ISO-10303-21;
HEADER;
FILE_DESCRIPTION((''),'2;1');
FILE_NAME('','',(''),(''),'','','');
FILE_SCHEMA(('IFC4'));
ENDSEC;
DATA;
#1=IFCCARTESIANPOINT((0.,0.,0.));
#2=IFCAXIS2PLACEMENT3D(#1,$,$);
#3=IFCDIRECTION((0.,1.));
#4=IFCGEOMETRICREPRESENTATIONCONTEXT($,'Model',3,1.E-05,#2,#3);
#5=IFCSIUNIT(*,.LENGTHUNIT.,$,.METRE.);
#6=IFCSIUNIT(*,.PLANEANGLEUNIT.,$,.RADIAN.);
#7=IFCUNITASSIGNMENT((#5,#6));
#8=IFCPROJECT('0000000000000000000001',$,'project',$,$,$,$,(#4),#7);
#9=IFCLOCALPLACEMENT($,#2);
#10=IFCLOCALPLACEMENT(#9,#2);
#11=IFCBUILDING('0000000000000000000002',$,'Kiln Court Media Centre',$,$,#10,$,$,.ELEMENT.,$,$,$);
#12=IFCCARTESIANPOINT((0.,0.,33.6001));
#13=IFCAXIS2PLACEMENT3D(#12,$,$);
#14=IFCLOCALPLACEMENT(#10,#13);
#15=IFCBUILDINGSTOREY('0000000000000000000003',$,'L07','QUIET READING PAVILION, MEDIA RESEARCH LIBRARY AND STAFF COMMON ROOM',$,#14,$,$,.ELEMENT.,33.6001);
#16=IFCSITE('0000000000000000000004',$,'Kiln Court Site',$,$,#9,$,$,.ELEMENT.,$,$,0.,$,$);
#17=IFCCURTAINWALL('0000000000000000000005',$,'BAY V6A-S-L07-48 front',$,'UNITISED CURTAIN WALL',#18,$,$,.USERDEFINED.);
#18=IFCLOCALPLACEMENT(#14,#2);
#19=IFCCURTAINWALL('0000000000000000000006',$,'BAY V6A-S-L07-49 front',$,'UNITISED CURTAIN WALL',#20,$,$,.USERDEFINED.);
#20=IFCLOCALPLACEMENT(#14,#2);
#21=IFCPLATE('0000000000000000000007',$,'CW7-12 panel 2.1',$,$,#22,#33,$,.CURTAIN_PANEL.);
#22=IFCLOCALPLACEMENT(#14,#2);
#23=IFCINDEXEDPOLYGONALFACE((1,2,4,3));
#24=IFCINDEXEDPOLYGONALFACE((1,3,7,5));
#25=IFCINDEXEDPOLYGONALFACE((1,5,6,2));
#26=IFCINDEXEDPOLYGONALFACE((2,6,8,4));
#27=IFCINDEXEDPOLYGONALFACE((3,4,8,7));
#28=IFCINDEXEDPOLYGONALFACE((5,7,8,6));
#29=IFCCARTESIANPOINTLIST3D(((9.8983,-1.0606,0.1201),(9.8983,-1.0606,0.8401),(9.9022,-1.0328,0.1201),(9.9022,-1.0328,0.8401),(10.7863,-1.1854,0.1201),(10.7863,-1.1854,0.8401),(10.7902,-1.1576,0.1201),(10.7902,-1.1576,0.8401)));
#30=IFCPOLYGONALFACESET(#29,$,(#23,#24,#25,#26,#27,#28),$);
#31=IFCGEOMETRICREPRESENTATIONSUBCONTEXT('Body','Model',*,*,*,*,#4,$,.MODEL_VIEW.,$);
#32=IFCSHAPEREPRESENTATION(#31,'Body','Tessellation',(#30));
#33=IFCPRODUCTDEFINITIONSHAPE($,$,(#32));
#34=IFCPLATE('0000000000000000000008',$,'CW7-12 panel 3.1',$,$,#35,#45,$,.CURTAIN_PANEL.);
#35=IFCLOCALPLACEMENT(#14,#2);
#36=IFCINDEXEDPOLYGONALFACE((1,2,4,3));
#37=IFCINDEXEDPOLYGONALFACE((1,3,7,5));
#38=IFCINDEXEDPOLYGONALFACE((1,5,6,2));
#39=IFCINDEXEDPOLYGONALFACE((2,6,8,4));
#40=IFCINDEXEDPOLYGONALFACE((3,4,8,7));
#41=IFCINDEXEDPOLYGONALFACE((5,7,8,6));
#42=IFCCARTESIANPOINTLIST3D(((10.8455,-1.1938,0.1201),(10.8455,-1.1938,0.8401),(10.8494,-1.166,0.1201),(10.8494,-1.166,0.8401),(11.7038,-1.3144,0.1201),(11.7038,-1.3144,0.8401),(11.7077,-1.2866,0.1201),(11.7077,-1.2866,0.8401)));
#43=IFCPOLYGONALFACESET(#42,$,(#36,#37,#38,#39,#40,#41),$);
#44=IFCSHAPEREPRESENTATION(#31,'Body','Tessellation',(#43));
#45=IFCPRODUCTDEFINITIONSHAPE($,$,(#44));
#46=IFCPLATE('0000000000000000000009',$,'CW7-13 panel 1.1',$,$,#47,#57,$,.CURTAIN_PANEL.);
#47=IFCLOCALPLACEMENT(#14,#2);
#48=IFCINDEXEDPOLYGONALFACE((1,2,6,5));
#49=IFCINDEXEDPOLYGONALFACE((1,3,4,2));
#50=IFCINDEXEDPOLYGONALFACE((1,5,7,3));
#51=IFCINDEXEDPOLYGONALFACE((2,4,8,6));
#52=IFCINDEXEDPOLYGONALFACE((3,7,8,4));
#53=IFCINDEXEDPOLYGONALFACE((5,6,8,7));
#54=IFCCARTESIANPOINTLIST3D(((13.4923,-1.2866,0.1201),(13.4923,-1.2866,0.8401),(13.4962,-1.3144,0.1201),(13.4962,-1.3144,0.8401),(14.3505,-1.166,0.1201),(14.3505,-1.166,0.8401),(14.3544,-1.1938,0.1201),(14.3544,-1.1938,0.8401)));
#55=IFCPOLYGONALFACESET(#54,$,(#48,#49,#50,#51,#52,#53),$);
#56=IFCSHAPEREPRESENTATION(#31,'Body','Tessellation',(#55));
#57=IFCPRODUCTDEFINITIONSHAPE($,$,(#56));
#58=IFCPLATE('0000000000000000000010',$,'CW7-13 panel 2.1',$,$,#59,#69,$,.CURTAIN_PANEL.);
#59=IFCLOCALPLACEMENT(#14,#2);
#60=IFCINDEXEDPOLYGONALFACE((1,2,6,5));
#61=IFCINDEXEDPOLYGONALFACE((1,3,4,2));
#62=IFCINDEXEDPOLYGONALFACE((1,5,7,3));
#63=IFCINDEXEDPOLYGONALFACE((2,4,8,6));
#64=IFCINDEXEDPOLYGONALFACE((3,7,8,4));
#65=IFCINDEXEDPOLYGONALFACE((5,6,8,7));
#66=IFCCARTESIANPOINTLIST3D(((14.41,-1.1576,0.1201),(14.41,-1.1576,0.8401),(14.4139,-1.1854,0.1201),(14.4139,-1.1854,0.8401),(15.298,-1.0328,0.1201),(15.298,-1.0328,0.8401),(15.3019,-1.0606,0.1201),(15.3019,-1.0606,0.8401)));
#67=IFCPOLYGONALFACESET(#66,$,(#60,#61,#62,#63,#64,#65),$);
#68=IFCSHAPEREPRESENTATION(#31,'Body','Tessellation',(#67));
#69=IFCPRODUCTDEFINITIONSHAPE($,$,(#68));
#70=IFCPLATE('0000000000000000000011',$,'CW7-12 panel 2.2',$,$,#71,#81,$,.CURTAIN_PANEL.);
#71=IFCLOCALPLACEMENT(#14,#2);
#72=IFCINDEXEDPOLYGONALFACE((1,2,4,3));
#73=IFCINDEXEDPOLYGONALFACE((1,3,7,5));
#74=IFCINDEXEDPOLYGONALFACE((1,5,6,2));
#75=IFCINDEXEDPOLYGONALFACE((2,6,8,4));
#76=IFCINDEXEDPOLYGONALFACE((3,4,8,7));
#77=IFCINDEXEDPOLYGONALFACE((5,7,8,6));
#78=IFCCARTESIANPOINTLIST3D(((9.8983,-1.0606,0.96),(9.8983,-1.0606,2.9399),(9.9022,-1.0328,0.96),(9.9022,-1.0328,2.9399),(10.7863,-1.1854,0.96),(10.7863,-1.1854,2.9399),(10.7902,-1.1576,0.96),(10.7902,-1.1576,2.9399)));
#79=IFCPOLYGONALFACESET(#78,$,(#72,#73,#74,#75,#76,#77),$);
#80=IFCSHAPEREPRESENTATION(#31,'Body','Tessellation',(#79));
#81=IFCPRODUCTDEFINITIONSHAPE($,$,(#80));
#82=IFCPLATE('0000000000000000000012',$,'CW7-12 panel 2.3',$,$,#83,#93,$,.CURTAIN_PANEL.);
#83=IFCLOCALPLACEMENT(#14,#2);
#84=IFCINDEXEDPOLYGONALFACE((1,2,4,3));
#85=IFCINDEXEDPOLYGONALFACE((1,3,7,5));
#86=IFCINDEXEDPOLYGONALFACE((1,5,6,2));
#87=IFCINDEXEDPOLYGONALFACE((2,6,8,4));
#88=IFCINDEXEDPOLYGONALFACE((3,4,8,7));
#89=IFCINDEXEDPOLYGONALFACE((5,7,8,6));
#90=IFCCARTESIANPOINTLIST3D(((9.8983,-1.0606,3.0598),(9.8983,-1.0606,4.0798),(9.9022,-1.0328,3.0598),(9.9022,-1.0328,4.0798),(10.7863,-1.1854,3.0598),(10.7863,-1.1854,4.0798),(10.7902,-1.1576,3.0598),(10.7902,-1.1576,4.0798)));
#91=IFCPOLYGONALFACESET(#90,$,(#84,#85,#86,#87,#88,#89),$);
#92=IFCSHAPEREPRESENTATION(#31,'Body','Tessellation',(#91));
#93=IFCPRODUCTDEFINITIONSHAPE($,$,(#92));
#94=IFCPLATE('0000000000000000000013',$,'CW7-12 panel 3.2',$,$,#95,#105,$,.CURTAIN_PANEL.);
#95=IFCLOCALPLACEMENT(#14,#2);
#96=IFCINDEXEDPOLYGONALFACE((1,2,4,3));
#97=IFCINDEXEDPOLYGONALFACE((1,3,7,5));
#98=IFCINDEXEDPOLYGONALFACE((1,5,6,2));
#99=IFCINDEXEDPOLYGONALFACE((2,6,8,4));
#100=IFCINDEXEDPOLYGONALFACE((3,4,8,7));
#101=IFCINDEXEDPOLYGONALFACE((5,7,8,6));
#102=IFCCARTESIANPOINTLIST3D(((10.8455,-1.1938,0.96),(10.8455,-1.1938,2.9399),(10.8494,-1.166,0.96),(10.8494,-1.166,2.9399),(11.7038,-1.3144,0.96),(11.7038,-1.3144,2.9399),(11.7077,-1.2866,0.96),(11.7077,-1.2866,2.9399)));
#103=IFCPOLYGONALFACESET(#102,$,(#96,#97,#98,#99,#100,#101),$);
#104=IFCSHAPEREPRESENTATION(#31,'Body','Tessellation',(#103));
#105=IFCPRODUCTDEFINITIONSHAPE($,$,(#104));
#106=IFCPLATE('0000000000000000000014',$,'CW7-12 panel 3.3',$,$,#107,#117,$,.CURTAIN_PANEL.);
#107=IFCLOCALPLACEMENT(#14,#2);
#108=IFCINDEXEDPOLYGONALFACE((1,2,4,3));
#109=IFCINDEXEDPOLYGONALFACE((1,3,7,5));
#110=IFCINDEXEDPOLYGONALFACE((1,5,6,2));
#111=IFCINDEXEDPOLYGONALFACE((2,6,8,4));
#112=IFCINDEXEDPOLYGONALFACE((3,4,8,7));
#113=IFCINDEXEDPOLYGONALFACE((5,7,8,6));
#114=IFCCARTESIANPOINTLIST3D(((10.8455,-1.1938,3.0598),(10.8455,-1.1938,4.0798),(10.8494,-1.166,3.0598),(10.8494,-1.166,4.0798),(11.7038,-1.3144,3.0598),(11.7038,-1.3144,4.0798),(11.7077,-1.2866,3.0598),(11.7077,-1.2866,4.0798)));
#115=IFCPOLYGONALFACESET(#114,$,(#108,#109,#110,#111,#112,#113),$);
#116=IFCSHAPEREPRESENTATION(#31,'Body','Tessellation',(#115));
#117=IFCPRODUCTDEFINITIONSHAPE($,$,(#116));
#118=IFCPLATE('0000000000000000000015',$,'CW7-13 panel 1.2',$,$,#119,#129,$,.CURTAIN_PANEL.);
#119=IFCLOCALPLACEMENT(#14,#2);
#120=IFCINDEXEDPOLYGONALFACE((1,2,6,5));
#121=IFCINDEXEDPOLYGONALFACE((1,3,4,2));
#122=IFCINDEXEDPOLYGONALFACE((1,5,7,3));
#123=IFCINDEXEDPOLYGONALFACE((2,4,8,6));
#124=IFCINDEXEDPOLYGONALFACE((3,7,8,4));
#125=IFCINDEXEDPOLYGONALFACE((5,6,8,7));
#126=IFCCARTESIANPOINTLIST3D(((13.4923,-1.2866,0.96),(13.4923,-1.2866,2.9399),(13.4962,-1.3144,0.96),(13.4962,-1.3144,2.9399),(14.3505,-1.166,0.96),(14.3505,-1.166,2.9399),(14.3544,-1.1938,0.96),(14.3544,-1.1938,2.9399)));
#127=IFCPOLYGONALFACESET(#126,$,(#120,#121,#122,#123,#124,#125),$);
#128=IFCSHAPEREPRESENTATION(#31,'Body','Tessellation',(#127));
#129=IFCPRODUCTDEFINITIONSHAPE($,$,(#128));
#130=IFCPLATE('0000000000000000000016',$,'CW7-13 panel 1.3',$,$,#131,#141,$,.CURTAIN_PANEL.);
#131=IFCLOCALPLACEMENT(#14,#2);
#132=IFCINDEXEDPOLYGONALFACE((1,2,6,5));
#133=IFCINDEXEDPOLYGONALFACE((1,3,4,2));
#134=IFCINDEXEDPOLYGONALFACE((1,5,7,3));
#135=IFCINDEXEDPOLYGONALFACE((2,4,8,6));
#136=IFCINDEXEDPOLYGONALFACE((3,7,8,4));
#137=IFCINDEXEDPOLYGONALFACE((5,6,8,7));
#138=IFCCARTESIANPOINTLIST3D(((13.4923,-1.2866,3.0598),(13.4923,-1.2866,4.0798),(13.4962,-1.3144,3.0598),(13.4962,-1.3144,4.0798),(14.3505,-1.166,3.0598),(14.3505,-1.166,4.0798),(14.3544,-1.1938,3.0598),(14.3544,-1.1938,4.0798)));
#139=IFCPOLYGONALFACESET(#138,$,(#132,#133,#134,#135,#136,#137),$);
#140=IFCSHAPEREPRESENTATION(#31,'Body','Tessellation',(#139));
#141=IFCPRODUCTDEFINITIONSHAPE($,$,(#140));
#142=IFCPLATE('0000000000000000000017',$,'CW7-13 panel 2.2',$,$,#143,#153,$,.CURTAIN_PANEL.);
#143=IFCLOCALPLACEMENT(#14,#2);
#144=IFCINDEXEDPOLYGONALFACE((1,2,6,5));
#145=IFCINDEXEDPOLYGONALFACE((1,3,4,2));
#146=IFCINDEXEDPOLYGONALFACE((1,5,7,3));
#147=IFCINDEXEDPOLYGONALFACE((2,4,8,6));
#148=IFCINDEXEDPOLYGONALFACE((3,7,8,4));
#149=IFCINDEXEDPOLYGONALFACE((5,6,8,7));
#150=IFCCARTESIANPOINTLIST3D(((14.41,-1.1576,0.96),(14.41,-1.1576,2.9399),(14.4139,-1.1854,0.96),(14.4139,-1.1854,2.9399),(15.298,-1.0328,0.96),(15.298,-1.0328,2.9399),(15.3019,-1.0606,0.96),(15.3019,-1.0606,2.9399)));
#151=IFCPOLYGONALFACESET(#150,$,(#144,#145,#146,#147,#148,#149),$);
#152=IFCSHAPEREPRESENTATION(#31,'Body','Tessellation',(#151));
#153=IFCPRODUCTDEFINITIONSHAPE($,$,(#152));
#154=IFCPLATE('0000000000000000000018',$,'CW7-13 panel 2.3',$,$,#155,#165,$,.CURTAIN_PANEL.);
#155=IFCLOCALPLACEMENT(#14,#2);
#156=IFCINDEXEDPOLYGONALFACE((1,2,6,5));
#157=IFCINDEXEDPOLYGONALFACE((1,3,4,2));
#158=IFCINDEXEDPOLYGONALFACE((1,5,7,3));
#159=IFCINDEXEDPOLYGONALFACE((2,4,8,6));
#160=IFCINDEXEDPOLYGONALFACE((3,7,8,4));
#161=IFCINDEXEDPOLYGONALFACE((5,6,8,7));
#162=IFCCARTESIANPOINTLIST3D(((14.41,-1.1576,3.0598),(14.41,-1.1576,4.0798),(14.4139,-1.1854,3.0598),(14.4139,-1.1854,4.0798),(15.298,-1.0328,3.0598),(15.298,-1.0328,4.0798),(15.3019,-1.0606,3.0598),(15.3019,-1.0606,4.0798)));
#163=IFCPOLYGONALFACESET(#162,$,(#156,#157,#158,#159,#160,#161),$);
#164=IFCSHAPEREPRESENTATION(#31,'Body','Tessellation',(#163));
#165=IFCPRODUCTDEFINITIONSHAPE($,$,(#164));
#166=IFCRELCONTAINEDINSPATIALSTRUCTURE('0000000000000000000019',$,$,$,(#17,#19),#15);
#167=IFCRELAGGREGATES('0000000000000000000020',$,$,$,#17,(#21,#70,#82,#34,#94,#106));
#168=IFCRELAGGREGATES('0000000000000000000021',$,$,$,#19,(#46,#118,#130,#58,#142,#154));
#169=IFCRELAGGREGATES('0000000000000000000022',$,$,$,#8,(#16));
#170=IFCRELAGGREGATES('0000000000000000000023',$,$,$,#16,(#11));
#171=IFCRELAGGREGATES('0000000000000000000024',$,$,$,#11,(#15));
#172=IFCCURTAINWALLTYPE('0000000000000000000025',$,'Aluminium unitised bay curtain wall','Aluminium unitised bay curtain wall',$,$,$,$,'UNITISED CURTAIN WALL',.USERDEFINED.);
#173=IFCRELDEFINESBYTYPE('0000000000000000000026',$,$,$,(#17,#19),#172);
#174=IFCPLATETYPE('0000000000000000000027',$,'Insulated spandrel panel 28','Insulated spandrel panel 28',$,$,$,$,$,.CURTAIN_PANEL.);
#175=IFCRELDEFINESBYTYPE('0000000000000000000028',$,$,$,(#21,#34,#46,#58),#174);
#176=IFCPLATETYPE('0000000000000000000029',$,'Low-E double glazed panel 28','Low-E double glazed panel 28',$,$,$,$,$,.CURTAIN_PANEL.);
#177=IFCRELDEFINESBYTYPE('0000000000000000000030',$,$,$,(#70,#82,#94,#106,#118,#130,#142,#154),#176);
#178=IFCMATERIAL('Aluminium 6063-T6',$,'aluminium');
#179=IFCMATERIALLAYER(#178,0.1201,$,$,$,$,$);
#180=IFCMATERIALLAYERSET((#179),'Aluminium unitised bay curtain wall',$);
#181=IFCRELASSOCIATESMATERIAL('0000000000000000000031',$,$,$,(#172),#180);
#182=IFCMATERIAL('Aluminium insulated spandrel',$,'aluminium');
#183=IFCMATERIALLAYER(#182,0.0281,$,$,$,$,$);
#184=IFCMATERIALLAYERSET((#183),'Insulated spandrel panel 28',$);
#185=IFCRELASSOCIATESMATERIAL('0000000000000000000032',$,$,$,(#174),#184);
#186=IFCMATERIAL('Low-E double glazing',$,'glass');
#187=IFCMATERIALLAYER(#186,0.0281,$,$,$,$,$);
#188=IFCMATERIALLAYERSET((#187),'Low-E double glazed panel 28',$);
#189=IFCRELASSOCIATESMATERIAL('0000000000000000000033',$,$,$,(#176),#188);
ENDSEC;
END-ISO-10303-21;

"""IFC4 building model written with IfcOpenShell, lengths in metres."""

from ifc_helpers import new_model, si_unit, direction, frame, origin, origin_2d, place, context, subcontext, project, spatial, rectangle, extrude, material, layer, layer_set, type_object, element, aggregate, save


model = new_model("IFC4")

# Units and contexts
model_context = context("Model", 3, precision=1e-05, world=origin(), true_north=direction((0.0, 1.0)))
body_context = subcontext(model_context, "Body", "Model", "MODEL_VIEW")
ifc_project = project(units=[si_unit("LENGTHUNIT", "METRE"), si_unit("PLANEANGLEUNIT", "RADIAN")], contexts=[model_context])

# Site, building, storey
site_placement = place(None, origin())
site = spatial("IfcSite", under=ifc_project, at=site_placement, Name="Kiln Court Site", CompositionType="ELEMENT", RefElevation=0.0)
building_placement = place(site_placement, origin())
building = spatial("IfcBuilding", under=site, at=building_placement, Name="Kiln Court Media Centre", CompositionType="ELEMENT")
storey_placement = place(building_placement, frame((0.0, 0.0, 33.6001)))
storey = spatial("IfcBuildingStorey", under=building, at=storey_placement, Name="L07", Description="QUIET READING PAVILION, MEDIA RESEARCH LIBRARY AND STAFF COMMON ROOM", CompositionType="ELEMENT", Elevation=33.6001)

# Curtain walls
ifc_material_1 = material(Name="Aluminium 6063-T6", Category="aluminium")
ifc_layer_1 = layer(ifc_material_1, 0.1201)
ifc_layer_set_1 = layer_set([ifc_layer_1], Name="Aluminium unitised bay curtain wall")
curtain_wall_type = type_object("IfcCurtainWallType", Name="Aluminium unitised bay curtain wall", Description="Aluminium unitised bay curtain wall", ElementType="UNITISED CURTAIN WALL", PredefinedType="USERDEFINED", material=ifc_layer_set_1)
curtain_wall_1_placement = place(storey_placement, origin())
curtain_wall_1 = element("IfcCurtainWall", 1, at=curtain_wall_1_placement, inside=storey, type_object=curtain_wall_type, Name="BAY V6A-S-L07-48 front", ObjectType="UNITISED CURTAIN WALL", PredefinedType="USERDEFINED")
curtain_wall_2_placement = place(storey_placement, origin())
curtain_wall_2 = element("IfcCurtainWall", 2, at=curtain_wall_2_placement, inside=storey, type_object=curtain_wall_type, Name="BAY V6A-S-L07-49 front", ObjectType="UNITISED CURTAIN WALL", PredefinedType="USERDEFINED")

# Plates
ifc_material_2 = material(Name="Aluminium insulated spandrel", Category="aluminium")
ifc_layer_2 = layer(ifc_material_2, 0.0281)
ifc_layer_set_2 = layer_set([ifc_layer_2], Name="Insulated spandrel panel 28")
plate_type_1 = type_object("IfcPlateType", Name="Insulated spandrel panel 28", Description="Insulated spandrel panel 28", PredefinedType="CURTAIN_PANEL", material=ifc_layer_set_2)
plate_1_placement = place(storey_placement, frame((10.3442, -1.1091, 0.1201), z_axis=(0.0, 0.0, 1.0), x_axis=(0.99027, -0.139162, 0.0)))
plate_1 = element("IfcPlate", 3, at=plate_1_placement, type_object=plate_type_1, Name="CW7-12 panel 2.1", PredefinedType="CURTAIN_PANEL", context=body_context, shape_type="SweptSolid", body=[
    extrude(rectangle(XDim=0.8967, YDim=0.0281, at=origin_2d()), origin(), (0.0, 0.0, 1.0), 0.72),
])
plate_2_placement = place(storey_placement, frame((11.2766, -1.2402, 0.1201), z_axis=(0.0, 0.0, 1.0), x_axis=(0.99027, -0.139162, 0.0)))
plate_2 = element("IfcPlate", 4, at=plate_2_placement, type_object=plate_type_1, Name="CW7-12 panel 3.1", PredefinedType="CURTAIN_PANEL", context=body_context, shape_type="SweptSolid", body=[
    extrude(rectangle(XDim=0.8667, YDim=0.0281, at=origin_2d()), origin(), (0.0, 0.0, 1.0), 0.72),
])
plate_3_placement = place(storey_placement, frame((13.9233, -1.2402, 0.1201), z_axis=(0.0, 0.0, 1.0), x_axis=(0.99027, 0.139162, 0.0)))
plate_3 = element("IfcPlate", 5, at=plate_3_placement, type_object=plate_type_1, Name="CW7-13 panel 1.1", PredefinedType="CURTAIN_PANEL", context=body_context, shape_type="SweptSolid", body=[
    extrude(rectangle(XDim=0.8667, YDim=0.0281, at=origin_2d()), origin(), (0.0, 0.0, 1.0), 0.72),
])
plate_4_placement = place(storey_placement, frame((14.856, -1.1091, 0.1201), z_axis=(0.0, 0.0, 1.0), x_axis=(0.99027, 0.139162, 0.0)))
plate_4 = element("IfcPlate", 6, at=plate_4_placement, type_object=plate_type_1, Name="CW7-13 panel 2.1", PredefinedType="CURTAIN_PANEL", context=body_context, shape_type="SweptSolid", body=[
    extrude(rectangle(XDim=0.8967, YDim=0.0281, at=origin_2d()), origin(), (0.0, 0.0, 1.0), 0.72),
])
ifc_material_3 = material(Name="Low-E double glazing", Category="glass")
ifc_layer_3 = layer(ifc_material_3, 0.0281)
ifc_layer_set_3 = layer_set([ifc_layer_3], Name="Low-E double glazed panel 28")
plate_type_2 = type_object("IfcPlateType", Name="Low-E double glazed panel 28", Description="Low-E double glazed panel 28", PredefinedType="CURTAIN_PANEL", material=ifc_layer_set_3)
plate_5_placement = place(storey_placement, frame((10.3442, -1.1091, 0.96), z_axis=(0.0, 0.0, 1.0), x_axis=(0.99027, -0.139162, 0.0)))
plate_5 = element("IfcPlate", 7, at=plate_5_placement, type_object=plate_type_2, Name="CW7-12 panel 2.2", PredefinedType="CURTAIN_PANEL", context=body_context, shape_type="SweptSolid", body=[
    extrude(rectangle(XDim=0.8967, YDim=0.0281, at=origin_2d()), origin(), (0.0, 0.0, 1.0), 1.98),
])
plate_6_placement = place(storey_placement, frame((10.3442, -1.1091, 3.0598), z_axis=(0.0, 0.0, 1.0), x_axis=(0.99027, -0.139162, 0.0)))
plate_6 = element("IfcPlate", 8, at=plate_6_placement, type_object=plate_type_2, Name="CW7-12 panel 2.3", PredefinedType="CURTAIN_PANEL", context=body_context, shape_type="SweptSolid", body=[
    extrude(rectangle(XDim=0.8967, YDim=0.0281, at=origin_2d()), origin(), (0.0, 0.0, 1.0), 1.02),
])
plate_7_placement = place(storey_placement, frame((11.2766, -1.2402, 0.96), z_axis=(0.0, 0.0, 1.0), x_axis=(0.99027, -0.139162, 0.0)))
plate_7 = element("IfcPlate", 9, at=plate_7_placement, type_object=plate_type_2, Name="CW7-12 panel 3.2", PredefinedType="CURTAIN_PANEL", context=body_context, shape_type="SweptSolid", body=[
    extrude(rectangle(XDim=0.8667, YDim=0.0281, at=origin_2d()), origin(), (0.0, 0.0, 1.0), 1.98),
])
plate_8_placement = place(storey_placement, frame((11.2766, -1.2402, 3.0598), z_axis=(0.0, 0.0, 1.0), x_axis=(0.99027, -0.139162, 0.0)))
plate_8 = element("IfcPlate", 10, at=plate_8_placement, type_object=plate_type_2, Name="CW7-12 panel 3.3", PredefinedType="CURTAIN_PANEL", context=body_context, shape_type="SweptSolid", body=[
    extrude(rectangle(XDim=0.8667, YDim=0.0281, at=origin_2d()), origin(), (0.0, 0.0, 1.0), 1.02),
])
aggregate(curtain_wall_1, [plate_1, plate_5, plate_6, plate_2, plate_7, plate_8])
plate_9_placement = place(storey_placement, frame((13.9233, -1.2402, 0.96), z_axis=(0.0, 0.0, 1.0), x_axis=(0.99027, 0.139162, 0.0)))
plate_9 = element("IfcPlate", 11, at=plate_9_placement, type_object=plate_type_2, Name="CW7-13 panel 1.2", PredefinedType="CURTAIN_PANEL", context=body_context, shape_type="SweptSolid", body=[
    extrude(rectangle(XDim=0.8667, YDim=0.0281, at=origin_2d()), origin(), (0.0, 0.0, 1.0), 1.98),
])
plate_10_placement = place(storey_placement, frame((13.9233, -1.2402, 3.0598), z_axis=(0.0, 0.0, 1.0), x_axis=(0.99027, 0.139162, 0.0)))
plate_10 = element("IfcPlate", 12, at=plate_10_placement, type_object=plate_type_2, Name="CW7-13 panel 1.3", PredefinedType="CURTAIN_PANEL", context=body_context, shape_type="SweptSolid", body=[
    extrude(rectangle(XDim=0.8667, YDim=0.0281, at=origin_2d()), origin(), (0.0, 0.0, 1.0), 1.02),
])
plate_11_placement = place(storey_placement, frame((14.856, -1.1091, 0.96), z_axis=(0.0, 0.0, 1.0), x_axis=(0.99027, 0.139162, 0.0)))
plate_11 = element("IfcPlate", 13, at=plate_11_placement, type_object=plate_type_2, Name="CW7-13 panel 2.2", PredefinedType="CURTAIN_PANEL", context=body_context, shape_type="SweptSolid", body=[
    extrude(rectangle(XDim=0.8967, YDim=0.0281, at=origin_2d()), origin(), (0.0, 0.0, 1.0), 1.98),
])
plate_12_placement = place(storey_placement, frame((14.856, -1.1091, 3.0598), z_axis=(0.0, 0.0, 1.0), x_axis=(0.99027, 0.139162, 0.0)))
plate_12 = element("IfcPlate", 14, at=plate_12_placement, type_object=plate_type_2, Name="CW7-13 panel 2.3", PredefinedType="CURTAIN_PANEL", context=body_context, shape_type="SweptSolid", body=[
    extrude(rectangle(XDim=0.8967, YDim=0.0281, at=origin_2d()), origin(), (0.0, 0.0, 1.0), 1.02),
])
aggregate(curtain_wall_2, [plate_3, plate_9, plate_10, plate_4, plate_11, plate_12])

save(model, "model.ifc")
